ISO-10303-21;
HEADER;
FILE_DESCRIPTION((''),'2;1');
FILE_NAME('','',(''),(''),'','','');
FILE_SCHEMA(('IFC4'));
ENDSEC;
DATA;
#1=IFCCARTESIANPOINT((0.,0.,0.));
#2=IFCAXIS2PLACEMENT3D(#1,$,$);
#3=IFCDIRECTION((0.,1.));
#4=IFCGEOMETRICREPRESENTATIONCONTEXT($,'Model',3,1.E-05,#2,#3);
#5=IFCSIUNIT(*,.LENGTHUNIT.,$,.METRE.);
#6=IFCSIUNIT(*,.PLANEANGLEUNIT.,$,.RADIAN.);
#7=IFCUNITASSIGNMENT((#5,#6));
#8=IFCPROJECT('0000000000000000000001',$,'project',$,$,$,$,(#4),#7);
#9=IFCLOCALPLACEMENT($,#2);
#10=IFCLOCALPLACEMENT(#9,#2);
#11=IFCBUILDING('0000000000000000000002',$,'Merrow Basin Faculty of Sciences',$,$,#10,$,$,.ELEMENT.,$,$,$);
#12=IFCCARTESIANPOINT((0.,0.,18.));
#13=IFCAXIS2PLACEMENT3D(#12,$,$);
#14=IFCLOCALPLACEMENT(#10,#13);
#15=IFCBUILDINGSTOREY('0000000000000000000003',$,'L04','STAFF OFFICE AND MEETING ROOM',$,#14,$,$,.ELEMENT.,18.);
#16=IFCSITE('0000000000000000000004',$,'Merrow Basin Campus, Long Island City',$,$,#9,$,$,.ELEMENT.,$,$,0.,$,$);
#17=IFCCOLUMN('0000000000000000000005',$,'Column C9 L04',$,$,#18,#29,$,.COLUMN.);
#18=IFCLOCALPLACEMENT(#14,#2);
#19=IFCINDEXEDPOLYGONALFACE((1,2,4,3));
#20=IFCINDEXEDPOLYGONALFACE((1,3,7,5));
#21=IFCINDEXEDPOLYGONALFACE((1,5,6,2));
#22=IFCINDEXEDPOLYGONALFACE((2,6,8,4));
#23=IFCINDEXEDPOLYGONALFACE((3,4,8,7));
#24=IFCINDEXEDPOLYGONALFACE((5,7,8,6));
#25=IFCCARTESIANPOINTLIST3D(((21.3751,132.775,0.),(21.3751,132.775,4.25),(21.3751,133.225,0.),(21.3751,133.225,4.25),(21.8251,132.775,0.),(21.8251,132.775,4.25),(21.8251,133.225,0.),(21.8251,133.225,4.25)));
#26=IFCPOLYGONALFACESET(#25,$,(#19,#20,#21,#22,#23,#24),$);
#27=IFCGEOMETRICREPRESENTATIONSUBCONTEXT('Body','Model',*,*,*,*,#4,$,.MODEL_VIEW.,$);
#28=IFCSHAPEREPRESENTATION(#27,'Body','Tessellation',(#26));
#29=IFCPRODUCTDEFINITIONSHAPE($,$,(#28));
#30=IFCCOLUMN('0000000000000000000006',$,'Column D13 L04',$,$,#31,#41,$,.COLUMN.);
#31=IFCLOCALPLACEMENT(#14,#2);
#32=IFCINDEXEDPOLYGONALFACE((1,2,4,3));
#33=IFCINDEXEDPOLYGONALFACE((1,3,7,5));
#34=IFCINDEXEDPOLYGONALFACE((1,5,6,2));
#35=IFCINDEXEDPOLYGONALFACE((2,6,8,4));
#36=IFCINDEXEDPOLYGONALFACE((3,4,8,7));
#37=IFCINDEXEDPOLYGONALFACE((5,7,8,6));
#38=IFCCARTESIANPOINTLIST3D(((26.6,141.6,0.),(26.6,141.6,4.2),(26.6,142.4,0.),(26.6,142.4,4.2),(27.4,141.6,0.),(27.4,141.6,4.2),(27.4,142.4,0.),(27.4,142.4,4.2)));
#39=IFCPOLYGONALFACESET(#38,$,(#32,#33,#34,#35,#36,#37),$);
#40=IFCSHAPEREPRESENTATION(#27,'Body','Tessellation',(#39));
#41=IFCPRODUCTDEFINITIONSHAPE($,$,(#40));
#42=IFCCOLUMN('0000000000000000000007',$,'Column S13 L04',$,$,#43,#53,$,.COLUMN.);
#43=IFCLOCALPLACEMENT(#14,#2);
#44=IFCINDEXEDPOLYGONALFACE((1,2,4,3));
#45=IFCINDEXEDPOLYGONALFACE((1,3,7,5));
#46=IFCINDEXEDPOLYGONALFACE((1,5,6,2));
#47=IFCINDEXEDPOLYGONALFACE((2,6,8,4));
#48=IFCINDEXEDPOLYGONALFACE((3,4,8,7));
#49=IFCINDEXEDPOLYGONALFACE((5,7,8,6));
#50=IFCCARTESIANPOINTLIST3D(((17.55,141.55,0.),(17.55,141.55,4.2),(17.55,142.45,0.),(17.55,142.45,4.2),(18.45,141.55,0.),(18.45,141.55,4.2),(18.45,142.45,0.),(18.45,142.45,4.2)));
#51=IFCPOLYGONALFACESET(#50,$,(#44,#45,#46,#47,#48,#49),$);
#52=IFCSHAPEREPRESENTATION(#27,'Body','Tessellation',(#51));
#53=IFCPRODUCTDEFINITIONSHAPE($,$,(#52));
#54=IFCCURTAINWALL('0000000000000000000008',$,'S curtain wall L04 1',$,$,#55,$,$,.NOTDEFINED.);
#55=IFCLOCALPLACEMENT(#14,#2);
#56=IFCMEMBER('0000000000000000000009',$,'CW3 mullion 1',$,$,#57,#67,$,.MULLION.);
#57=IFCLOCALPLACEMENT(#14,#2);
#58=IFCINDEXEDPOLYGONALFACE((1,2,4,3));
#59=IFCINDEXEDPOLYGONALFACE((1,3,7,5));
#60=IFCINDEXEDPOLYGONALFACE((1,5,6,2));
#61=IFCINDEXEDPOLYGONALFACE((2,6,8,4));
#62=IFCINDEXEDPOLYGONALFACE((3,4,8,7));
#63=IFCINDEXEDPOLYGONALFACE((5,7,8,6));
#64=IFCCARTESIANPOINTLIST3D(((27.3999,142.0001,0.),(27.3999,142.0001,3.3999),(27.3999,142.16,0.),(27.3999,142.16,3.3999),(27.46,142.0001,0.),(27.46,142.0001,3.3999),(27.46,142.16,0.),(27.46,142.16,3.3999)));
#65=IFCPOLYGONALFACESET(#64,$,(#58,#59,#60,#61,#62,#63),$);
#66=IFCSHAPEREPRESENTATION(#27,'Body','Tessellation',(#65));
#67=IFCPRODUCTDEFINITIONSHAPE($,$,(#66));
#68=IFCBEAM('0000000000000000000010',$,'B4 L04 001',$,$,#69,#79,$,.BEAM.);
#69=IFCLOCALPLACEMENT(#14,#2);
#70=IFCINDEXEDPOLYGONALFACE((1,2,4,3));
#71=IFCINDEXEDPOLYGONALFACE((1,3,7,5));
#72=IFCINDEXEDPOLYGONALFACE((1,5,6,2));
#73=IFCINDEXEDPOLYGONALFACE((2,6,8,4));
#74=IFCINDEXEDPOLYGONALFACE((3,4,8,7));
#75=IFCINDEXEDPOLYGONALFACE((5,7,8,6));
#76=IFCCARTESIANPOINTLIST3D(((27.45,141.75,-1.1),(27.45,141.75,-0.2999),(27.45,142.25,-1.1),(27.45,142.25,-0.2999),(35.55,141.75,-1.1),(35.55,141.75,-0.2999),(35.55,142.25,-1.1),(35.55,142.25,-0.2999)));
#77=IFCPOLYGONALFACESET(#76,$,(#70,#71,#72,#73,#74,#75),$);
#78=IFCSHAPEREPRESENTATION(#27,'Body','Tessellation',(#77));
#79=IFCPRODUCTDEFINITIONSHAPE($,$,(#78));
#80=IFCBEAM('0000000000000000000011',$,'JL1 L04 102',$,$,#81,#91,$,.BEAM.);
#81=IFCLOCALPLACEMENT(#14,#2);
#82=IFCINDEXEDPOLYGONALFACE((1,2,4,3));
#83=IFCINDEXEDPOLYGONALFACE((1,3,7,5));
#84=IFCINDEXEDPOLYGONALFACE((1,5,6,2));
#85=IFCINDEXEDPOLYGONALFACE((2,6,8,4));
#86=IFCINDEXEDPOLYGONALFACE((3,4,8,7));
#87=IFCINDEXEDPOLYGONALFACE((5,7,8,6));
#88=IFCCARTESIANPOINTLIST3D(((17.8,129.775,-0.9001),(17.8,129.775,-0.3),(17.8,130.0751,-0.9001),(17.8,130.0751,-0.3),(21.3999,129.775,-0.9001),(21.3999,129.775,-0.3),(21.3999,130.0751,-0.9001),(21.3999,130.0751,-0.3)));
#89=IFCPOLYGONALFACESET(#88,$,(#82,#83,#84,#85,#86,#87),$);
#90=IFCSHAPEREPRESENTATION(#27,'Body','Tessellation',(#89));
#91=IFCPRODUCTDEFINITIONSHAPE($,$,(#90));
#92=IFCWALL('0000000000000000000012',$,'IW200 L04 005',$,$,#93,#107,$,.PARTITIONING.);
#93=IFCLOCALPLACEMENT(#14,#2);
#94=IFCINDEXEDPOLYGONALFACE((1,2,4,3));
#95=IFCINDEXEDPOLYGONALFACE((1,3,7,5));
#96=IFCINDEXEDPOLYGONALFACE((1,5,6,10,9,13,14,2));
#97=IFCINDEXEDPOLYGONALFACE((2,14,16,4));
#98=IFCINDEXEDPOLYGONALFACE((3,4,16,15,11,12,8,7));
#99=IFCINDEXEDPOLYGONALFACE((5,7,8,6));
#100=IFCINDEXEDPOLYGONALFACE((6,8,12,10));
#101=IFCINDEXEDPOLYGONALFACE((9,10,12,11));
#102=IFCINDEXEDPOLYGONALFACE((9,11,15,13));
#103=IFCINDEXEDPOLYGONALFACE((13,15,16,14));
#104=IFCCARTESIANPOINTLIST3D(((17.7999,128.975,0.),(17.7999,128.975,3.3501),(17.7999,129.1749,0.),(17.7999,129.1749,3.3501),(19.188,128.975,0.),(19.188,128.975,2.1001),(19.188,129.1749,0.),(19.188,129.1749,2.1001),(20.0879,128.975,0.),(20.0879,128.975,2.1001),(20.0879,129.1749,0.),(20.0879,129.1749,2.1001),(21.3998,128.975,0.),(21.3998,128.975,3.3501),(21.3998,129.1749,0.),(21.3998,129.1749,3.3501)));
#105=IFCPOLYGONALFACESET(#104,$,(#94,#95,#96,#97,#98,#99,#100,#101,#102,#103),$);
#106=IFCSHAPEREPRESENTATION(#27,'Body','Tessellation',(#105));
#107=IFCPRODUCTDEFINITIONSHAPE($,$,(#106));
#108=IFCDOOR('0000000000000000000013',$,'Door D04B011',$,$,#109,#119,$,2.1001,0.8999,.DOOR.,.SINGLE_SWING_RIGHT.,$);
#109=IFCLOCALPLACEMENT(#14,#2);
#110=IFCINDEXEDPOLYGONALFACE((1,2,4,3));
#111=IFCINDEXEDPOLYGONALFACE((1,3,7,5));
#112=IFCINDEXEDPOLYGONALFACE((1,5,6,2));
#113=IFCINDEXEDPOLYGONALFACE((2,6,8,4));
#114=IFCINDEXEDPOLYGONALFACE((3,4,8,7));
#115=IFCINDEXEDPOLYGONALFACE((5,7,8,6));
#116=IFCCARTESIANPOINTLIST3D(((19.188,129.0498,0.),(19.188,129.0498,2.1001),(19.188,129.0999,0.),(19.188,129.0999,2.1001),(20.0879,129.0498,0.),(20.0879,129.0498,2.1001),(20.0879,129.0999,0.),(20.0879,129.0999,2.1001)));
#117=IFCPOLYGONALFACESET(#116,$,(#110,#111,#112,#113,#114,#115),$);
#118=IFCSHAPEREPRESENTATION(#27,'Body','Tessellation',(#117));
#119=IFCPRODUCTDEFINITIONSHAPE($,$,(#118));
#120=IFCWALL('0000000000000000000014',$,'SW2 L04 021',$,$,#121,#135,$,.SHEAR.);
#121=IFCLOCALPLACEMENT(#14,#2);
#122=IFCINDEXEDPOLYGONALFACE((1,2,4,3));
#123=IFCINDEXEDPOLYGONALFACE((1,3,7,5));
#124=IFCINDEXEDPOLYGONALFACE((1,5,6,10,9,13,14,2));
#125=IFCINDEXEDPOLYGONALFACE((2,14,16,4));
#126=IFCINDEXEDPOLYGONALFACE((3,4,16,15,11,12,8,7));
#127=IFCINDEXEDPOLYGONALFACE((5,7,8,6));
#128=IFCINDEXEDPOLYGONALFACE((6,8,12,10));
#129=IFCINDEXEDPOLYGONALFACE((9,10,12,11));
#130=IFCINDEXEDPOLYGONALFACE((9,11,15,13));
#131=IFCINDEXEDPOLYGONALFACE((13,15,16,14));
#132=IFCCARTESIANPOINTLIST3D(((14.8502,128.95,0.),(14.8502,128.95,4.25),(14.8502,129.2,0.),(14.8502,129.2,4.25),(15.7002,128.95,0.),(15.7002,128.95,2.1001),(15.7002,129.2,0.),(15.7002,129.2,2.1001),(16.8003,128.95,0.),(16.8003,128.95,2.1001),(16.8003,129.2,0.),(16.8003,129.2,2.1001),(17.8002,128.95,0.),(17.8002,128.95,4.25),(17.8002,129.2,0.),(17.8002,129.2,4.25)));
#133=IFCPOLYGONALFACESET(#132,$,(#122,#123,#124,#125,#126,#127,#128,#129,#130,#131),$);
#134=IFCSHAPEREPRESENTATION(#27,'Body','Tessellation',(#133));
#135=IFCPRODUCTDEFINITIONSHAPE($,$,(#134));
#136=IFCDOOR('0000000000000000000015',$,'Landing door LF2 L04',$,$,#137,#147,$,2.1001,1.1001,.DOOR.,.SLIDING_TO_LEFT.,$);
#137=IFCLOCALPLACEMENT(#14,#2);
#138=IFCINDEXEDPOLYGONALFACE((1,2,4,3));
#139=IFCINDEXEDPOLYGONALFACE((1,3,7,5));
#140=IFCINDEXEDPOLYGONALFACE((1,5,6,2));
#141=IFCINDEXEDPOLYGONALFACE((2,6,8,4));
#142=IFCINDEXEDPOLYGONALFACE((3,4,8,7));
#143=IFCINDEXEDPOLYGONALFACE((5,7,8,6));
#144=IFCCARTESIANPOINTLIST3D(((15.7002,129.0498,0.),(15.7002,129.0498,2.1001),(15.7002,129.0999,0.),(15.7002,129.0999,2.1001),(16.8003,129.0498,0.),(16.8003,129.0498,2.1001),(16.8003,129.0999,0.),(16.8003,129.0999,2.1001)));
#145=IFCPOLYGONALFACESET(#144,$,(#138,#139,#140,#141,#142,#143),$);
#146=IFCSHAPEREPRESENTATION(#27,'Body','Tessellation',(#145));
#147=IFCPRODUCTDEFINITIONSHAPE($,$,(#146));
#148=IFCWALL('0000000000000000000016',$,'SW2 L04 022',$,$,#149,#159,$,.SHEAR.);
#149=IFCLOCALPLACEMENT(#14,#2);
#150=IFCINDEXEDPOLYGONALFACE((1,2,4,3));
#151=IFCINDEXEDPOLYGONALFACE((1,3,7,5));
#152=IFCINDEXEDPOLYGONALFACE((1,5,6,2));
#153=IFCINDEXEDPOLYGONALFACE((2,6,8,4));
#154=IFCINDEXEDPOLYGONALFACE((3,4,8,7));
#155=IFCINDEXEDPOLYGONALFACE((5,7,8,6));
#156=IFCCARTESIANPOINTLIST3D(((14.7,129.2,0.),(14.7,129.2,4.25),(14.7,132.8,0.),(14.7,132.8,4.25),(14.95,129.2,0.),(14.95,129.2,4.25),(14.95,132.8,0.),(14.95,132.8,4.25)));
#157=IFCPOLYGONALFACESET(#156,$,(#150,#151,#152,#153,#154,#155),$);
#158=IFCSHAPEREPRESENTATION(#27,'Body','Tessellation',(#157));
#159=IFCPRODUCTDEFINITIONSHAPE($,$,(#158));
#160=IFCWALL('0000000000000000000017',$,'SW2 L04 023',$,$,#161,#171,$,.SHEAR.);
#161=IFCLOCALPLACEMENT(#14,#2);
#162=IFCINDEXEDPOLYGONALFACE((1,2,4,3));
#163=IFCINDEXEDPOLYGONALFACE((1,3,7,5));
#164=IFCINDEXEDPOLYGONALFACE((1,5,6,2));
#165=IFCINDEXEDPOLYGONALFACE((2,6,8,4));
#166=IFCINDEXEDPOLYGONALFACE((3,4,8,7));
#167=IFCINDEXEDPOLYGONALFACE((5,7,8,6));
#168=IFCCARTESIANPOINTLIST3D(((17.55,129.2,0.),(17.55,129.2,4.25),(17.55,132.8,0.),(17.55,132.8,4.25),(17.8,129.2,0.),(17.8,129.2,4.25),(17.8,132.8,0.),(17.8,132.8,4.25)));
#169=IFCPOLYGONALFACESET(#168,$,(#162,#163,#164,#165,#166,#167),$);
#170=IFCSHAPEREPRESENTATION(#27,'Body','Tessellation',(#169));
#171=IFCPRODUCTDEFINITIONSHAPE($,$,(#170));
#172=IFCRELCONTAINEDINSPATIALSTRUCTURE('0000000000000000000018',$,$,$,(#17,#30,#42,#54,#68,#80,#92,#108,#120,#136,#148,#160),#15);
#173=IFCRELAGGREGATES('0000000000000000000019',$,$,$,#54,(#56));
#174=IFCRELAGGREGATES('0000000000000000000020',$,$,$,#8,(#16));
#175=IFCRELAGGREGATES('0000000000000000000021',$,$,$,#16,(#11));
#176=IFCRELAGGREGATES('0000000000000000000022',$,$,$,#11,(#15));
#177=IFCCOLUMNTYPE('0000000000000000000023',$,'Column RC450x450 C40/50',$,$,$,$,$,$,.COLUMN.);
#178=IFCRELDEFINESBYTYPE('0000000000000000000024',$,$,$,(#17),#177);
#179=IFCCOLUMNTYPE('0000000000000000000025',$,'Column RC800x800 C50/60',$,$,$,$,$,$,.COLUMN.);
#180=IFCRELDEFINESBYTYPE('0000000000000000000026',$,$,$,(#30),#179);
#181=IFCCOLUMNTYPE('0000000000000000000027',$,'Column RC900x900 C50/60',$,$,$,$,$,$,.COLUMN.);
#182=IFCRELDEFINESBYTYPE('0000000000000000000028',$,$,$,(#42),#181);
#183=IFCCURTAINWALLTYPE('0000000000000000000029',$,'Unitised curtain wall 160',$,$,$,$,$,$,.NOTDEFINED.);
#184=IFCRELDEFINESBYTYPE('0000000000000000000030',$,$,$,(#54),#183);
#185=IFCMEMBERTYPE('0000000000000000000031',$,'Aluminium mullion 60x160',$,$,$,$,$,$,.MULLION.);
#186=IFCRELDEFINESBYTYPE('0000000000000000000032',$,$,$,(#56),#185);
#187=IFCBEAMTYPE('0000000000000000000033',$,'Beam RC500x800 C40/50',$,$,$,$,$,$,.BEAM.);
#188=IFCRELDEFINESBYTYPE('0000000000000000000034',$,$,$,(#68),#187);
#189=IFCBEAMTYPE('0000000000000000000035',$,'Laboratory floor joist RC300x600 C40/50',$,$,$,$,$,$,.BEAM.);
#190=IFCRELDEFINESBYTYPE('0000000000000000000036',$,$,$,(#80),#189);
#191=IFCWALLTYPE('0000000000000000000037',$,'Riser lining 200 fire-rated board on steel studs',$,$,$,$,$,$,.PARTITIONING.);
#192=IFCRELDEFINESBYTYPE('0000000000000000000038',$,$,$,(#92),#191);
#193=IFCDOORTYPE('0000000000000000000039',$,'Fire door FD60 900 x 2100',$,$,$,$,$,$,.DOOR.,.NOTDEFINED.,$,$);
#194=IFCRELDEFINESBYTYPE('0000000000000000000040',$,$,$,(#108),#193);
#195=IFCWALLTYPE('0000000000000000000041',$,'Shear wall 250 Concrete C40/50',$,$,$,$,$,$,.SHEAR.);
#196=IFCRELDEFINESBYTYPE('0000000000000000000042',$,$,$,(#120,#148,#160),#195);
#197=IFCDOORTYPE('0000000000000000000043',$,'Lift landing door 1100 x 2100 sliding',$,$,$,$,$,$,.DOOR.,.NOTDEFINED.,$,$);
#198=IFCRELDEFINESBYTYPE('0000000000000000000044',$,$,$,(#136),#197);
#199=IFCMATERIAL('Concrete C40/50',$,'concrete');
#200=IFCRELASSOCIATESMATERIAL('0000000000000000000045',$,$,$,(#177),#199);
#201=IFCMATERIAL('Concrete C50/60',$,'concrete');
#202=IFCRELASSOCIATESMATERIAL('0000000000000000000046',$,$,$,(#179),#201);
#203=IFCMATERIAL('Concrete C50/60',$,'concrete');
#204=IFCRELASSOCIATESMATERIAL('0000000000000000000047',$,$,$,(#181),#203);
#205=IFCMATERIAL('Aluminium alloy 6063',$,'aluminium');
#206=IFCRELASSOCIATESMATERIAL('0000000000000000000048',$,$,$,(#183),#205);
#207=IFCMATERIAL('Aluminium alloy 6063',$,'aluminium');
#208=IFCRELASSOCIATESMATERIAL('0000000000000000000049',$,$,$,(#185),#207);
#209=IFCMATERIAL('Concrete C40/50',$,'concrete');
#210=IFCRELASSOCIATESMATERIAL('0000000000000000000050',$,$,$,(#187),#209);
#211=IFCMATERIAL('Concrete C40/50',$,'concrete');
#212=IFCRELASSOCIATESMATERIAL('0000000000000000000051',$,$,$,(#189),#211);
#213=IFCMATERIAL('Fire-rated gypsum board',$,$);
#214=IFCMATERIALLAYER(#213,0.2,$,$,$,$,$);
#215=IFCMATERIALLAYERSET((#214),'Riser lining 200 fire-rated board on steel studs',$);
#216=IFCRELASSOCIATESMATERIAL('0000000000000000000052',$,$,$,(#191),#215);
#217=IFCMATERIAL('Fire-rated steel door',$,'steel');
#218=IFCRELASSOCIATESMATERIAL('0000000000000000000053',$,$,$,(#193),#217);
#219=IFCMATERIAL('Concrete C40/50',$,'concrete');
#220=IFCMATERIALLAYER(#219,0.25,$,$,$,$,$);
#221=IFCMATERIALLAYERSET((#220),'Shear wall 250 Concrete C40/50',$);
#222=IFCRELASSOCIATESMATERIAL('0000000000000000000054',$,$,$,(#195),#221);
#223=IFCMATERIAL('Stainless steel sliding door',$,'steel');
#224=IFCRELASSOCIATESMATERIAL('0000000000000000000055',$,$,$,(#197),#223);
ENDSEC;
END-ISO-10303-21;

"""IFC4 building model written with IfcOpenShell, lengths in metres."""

from ifc_helpers import new_model, si_unit, direction, frame, frame_2d, origin, origin_2d, place, context, subcontext, project, spatial, rectangle, extrude, material, layer, layer_set, material_profile, profile_set, type_object, element, fill, aggregate, save


model = new_model("IFC4")

# Units and contexts
model_context = context("Model", 3, precision=1e-05, world=origin(), true_north=direction((0.0, 1.0)))
body_context = subcontext(model_context, "Body", "Model", "MODEL_VIEW")
ifc_project = project(units=[si_unit("LENGTHUNIT", "METRE"), si_unit("PLANEANGLEUNIT", "RADIAN")], contexts=[model_context])

# Site, building, storey
site_placement = place(None, origin())
site = spatial("IfcSite", under=ifc_project, at=site_placement, Name="Merrow Basin Campus, Long Island City", CompositionType="ELEMENT", RefElevation=0.0)
building_placement = place(site_placement, origin())
building = spatial("IfcBuilding", under=site, at=building_placement, Name="Merrow Basin Faculty of Sciences", CompositionType="ELEMENT")
storey_placement = place(building_placement, frame((0.0, 0.0, 18.0)))
storey = spatial("IfcBuildingStorey", under=building, at=storey_placement, Name="L04", Description="STAFF OFFICE AND MEETING ROOM", CompositionType="ELEMENT", Elevation=18.0)

# Columns
ifc_material_1 = material(Name="Concrete C40/50", Category="concrete")
ifc_material_profile_1 = material_profile(ifc_material_1, rectangle(XDim=0.45, YDim=0.45, at=origin_2d()))
ifc_profile_set_1 = profile_set([ifc_material_profile_1], Name="Concrete C40/50")
column_type_1 = type_object("IfcColumnType", Name="Column RC450x450 C40/50", PredefinedType="COLUMN", material=ifc_profile_set_1)
column_1_placement = place(storey_placement, frame((21.6001, 133.0, 0.0), z_axis=(0.0, 0.0, 1.0), x_axis=(1.0, 0.0, 0.0)))
element("IfcColumn", 1, at=column_1_placement, inside=storey, type_object=column_type_1, Name="Column C9 L04", PredefinedType="COLUMN", context=body_context, shape_type="SweptSolid", body=[
    extrude(rectangle(XDim=0.45, YDim=0.45, at=origin_2d()), origin(), (0.0, 0.0, 1.0), 4.25),
])
ifc_material_2 = material(Name="Concrete C50/60", Category="concrete")
ifc_material_profile_2 = material_profile(ifc_material_2, rectangle(XDim=0.8, YDim=0.8, at=origin_2d()))
ifc_profile_set_2 = profile_set([ifc_material_profile_2], Name="Concrete C50/60")
column_type_2 = type_object("IfcColumnType", Name="Column RC800x800 C50/60", PredefinedType="COLUMN", material=ifc_profile_set_2)
column_2_placement = place(storey_placement, frame((27.0, 142.0, 0.0), z_axis=(0.0, 0.0, 1.0), x_axis=(1.0, 0.0, 0.0)))
element("IfcColumn", 2, at=column_2_placement, inside=storey, type_object=column_type_2, Name="Column D13 L04", PredefinedType="COLUMN", context=body_context, shape_type="SweptSolid", body=[
    extrude(rectangle(XDim=0.8, YDim=0.8, at=origin_2d()), origin(), (0.0, 0.0, 1.0), 4.2),
])
ifc_material_3 = material(Name="Concrete C50/60", Category="concrete")
ifc_material_profile_3 = material_profile(ifc_material_3, rectangle(XDim=0.8999, YDim=0.8999, at=origin_2d()))
ifc_profile_set_3 = profile_set([ifc_material_profile_3], Name="Concrete C50/60")
column_type_3 = type_object("IfcColumnType", Name="Column RC900x900 C50/60", PredefinedType="COLUMN", material=ifc_profile_set_3)
column_3_placement = place(storey_placement, frame((18.0, 142.0, 0.0), z_axis=(0.0, 0.0, 1.0), x_axis=(1.0, 0.0, 0.0)))
element("IfcColumn", 3, at=column_3_placement, inside=storey, type_object=column_type_3, Name="Column S13 L04", PredefinedType="COLUMN", context=body_context, shape_type="SweptSolid", body=[
    extrude(rectangle(XDim=0.8999, YDim=0.8999, at=origin_2d()), origin(), (0.0, 0.0, 1.0), 4.2),
])

# Curtain wall, member
ifc_material_4 = material(Name="Aluminium alloy 6063", Category="aluminium")
curtain_wall_type = type_object("IfcCurtainWallType", Name="Unitised curtain wall 160", PredefinedType="NOTDEFINED", material=ifc_material_4)
curtain_wall_placement = place(storey_placement, origin())
curtain_wall = element("IfcCurtainWall", 4, at=curtain_wall_placement, inside=storey, type_object=curtain_wall_type, Name="S curtain wall L04 1", PredefinedType="NOTDEFINED")
ifc_material_5 = material(Name="Aluminium alloy 6063", Category="aluminium")
ifc_material_profile_4 = material_profile(ifc_material_5, rectangle(XDim=0.1599, YDim=0.0601, at=origin_2d()))
ifc_profile_set_4 = profile_set([ifc_material_profile_4], Name="Aluminium alloy 6063")
member_type = type_object("IfcMemberType", Name="Aluminium mullion 60x160", PredefinedType="MULLION", material=ifc_profile_set_4)
member_placement = place(storey_placement, frame((27.4299, 142.0801, 0.0), z_axis=(0.0, 0.0, 1.0), x_axis=(0.0, 1.0, 0.0)))
member = element("IfcMember", 5, at=member_placement, type_object=member_type, Name="CW3 mullion 1", PredefinedType="MULLION", context=body_context, shape_type="SweptSolid", body=[
    extrude(rectangle(XDim=0.1599, YDim=0.0601, at=origin_2d()), origin(), (0.0, 0.0, 1.0), 3.3999),
])
aggregate(curtain_wall, [member])

# Beams
ifc_material_6 = material(Name="Concrete C40/50", Category="concrete")
ifc_material_profile_5 = material_profile(ifc_material_6, rectangle(XDim=0.5, YDim=0.8, at=origin_2d()))
ifc_profile_set_5 = profile_set([ifc_material_profile_5], Name="Concrete C40/50")
beam_type_1 = type_object("IfcBeamType", Name="Beam RC500x800 C40/50", PredefinedType="BEAM", material=ifc_profile_set_5)
beam_1_placement = place(storey_placement, frame((27.45, 142.0, -0.7), z_axis=(1.0, 0.0, 0.0), x_axis=(0.0, 1.0, 0.0)))
element("IfcBeam", 6, at=beam_1_placement, inside=storey, type_object=beam_type_1, Name="B4 L04 001", PredefinedType="BEAM", context=body_context, shape_type="SweptSolid", body=[
    extrude(rectangle(XDim=0.5, YDim=0.8, at=origin_2d()), origin(), (0.0, 0.0, 1.0), 8.1001),
])
ifc_material_7 = material(Name="Concrete C40/50", Category="concrete")
ifc_material_profile_6 = material_profile(ifc_material_7, rectangle(XDim=0.3, YDim=0.6001, at=origin_2d()))
ifc_profile_set_6 = profile_set([ifc_material_profile_6], Name="Concrete C40/50")
beam_type_2 = type_object("IfcBeamType", Name="Laboratory floor joist RC300x600 C40/50", PredefinedType="BEAM", material=ifc_profile_set_6)
beam_2_placement = place(storey_placement, frame((17.8, 129.925, -0.6001), z_axis=(1.0, 0.0, 0.0), x_axis=(0.0, 1.0, 0.0)))
element("IfcBeam", 7, at=beam_2_placement, inside=storey, type_object=beam_type_2, Name="JL1 L04 102", PredefinedType="BEAM", context=body_context, shape_type="SweptSolid", body=[
    extrude(rectangle(XDim=0.3, YDim=0.6001, at=origin_2d()), origin(), (0.0, 0.0, 1.0), 3.5999),
])

# Walls, openings, doors
ifc_material_8 = material(Name="Fire-rated gypsum board")
ifc_layer_1 = layer(ifc_material_8, 0.2)
ifc_layer_set_1 = layer_set([ifc_layer_1], Name="Riser lining 200 fire-rated board on steel studs")
wall_type_1 = type_object("IfcWallType", Name="Riser lining 200 fire-rated board on steel studs", PredefinedType="PARTITIONING", material=ifc_layer_set_1)
wall_1_placement = place(storey_placement, frame((17.8, 129.075, 0.0), z_axis=(0.0, 0.0, 1.0), x_axis=(1.0, 0.0, 0.0)))
wall_1 = element("IfcWall", 8, at=wall_1_placement, inside=storey, type_object=wall_type_1, Name="IW200 L04 005", PredefinedType="PARTITIONING", context=body_context, shape_type="SweptSolid", body=[
    extrude(rectangle(XDim=3.5999, YDim=0.2, at=frame_2d((1.7998, 0.0))), origin(), (0.0, 0.0, 1.0), 3.3501),
])
opening_1_placement = place(wall_1_placement, frame((1.3879, 0.0, 0.0)))
opening_1 = element("IfcOpeningElement", 9, at=opening_1_placement, cuts=wall_1, PredefinedType="OPENING", context=body_context, shape_type="SweptSolid", body=[
    extrude(rectangle(XDim=0.8999, YDim=2.1001, at=frame_2d((0.45, 1.05))), frame((0.0, 0.1099, 0.0), z_axis=(0.0, -1.0, 0.0), x_axis=(1.0, 0.0, 0.0)), (0.0, 0.0, 1.0), 0.22),
])
ifc_material_9 = material(Name="Fire-rated steel door", Category="steel")
door_type_1 = type_object("IfcDoorType", Name="Fire door FD60 900 x 2100", OperationType="NOTDEFINED", PredefinedType="DOOR", material=ifc_material_9)
door_1_placement = place(opening_1_placement, origin())
door_1 = element("IfcDoor", 10, at=door_1_placement, inside=storey, type_object=door_type_1, Name="Door D04B011", OperationType="SINGLE_SWING_RIGHT", OverallHeight=2.1001, OverallWidth=0.8999, PredefinedType="DOOR", context=body_context, shape_type="SweptSolid", body=[
    extrude(rectangle(XDim=0.8999, YDim=2.1001, at=frame_2d((0.45, 1.05))), frame((0.0, 0.0249, 0.0), z_axis=(0.0, -1.0, 0.0), x_axis=(1.0, 0.0, 0.0)), (0.0, 0.0, 1.0), 0.05),
])
fill(opening_1, door_1)
ifc_material_10 = material(Name="Concrete C40/50", Category="concrete")
ifc_layer_2 = layer(ifc_material_10, 0.25)
ifc_layer_set_2 = layer_set([ifc_layer_2], Name="Shear wall 250 Concrete C40/50")
wall_type_2 = type_object("IfcWallType", Name="Shear wall 250 Concrete C40/50", PredefinedType="SHEAR", material=ifc_layer_set_2)
wall_2_placement = place(storey_placement, frame((14.8501, 129.075, 0.0), z_axis=(0.0, 0.0, 1.0), x_axis=(1.0, 0.0, 0.0)))
wall_2 = element("IfcWall", 11, at=wall_2_placement, inside=storey, type_object=wall_type_2, Name="SW2 L04 021", PredefinedType="SHEAR", context=body_context, shape_type="SweptSolid", body=[
    extrude(rectangle(XDim=2.95, YDim=0.25, at=frame_2d((1.4751, 0.0))), origin(), (0.0, 0.0, 1.0), 4.25),
])
opening_2_placement = place(wall_2_placement, frame((0.8501, 0.0, 0.0)))
opening_2 = element("IfcOpeningElement", 12, at=opening_2_placement, cuts=wall_2, PredefinedType="OPENING", context=body_context, shape_type="SweptSolid", body=[
    extrude(rectangle(XDim=1.1001, YDim=2.1001, at=frame_2d((0.55, 1.05))), frame((0.0, 0.135, 0.0), z_axis=(0.0, -1.0, 0.0), x_axis=(1.0, 0.0, 0.0)), (0.0, 0.0, 1.0), 0.27),
])
ifc_material_11 = material(Name="Stainless steel sliding door", Category="steel")
door_type_2 = type_object("IfcDoorType", Name="Lift landing door 1100 x 2100 sliding", OperationType="NOTDEFINED", PredefinedType="DOOR", material=ifc_material_11)
door_2_placement = place(opening_2_placement, origin())
door_2 = element("IfcDoor", 13, at=door_2_placement, inside=storey, type_object=door_type_2, Name="Landing door LF2 L04", OperationType="SLIDING_TO_LEFT", OverallHeight=2.1001, OverallWidth=1.1001, PredefinedType="DOOR", context=body_context, shape_type="SweptSolid", body=[
    extrude(rectangle(XDim=1.1001, YDim=2.1001, at=frame_2d((0.55, 1.05))), frame((0.0, 0.0249, 0.0), z_axis=(0.0, -1.0, 0.0), x_axis=(1.0, 0.0, 0.0)), (0.0, 0.0, 1.0), 0.05),
])
fill(opening_2, door_2)

# Walls
for number, where, z_axis, x_axis, name in (
    (14, (14.825, 129.2, 0.0), (0.0, 0.0, 1.0), (0.0, 1.0, 0.0), "SW2 L04 022"),
    (15, (17.675, 129.2, 0.0), (0.0, 0.0, 1.0), (0.0, 1.0, 0.0), "SW2 L04 023"),
):
    element("IfcWall", number, at=place(storey_placement, frame(where, z_axis=z_axis, x_axis=x_axis)), inside=storey, type_object=wall_type_2, Name=name, PredefinedType="SHEAR", context=body_context, shape_type="SweptSolid", body=[
        extrude(rectangle(XDim=3.6001, YDim=0.25, at=frame_2d((1.8, 0.0))), origin(), (0.0, 0.0, 1.0), 4.25),
    ])

save(model, "model.ifc")
